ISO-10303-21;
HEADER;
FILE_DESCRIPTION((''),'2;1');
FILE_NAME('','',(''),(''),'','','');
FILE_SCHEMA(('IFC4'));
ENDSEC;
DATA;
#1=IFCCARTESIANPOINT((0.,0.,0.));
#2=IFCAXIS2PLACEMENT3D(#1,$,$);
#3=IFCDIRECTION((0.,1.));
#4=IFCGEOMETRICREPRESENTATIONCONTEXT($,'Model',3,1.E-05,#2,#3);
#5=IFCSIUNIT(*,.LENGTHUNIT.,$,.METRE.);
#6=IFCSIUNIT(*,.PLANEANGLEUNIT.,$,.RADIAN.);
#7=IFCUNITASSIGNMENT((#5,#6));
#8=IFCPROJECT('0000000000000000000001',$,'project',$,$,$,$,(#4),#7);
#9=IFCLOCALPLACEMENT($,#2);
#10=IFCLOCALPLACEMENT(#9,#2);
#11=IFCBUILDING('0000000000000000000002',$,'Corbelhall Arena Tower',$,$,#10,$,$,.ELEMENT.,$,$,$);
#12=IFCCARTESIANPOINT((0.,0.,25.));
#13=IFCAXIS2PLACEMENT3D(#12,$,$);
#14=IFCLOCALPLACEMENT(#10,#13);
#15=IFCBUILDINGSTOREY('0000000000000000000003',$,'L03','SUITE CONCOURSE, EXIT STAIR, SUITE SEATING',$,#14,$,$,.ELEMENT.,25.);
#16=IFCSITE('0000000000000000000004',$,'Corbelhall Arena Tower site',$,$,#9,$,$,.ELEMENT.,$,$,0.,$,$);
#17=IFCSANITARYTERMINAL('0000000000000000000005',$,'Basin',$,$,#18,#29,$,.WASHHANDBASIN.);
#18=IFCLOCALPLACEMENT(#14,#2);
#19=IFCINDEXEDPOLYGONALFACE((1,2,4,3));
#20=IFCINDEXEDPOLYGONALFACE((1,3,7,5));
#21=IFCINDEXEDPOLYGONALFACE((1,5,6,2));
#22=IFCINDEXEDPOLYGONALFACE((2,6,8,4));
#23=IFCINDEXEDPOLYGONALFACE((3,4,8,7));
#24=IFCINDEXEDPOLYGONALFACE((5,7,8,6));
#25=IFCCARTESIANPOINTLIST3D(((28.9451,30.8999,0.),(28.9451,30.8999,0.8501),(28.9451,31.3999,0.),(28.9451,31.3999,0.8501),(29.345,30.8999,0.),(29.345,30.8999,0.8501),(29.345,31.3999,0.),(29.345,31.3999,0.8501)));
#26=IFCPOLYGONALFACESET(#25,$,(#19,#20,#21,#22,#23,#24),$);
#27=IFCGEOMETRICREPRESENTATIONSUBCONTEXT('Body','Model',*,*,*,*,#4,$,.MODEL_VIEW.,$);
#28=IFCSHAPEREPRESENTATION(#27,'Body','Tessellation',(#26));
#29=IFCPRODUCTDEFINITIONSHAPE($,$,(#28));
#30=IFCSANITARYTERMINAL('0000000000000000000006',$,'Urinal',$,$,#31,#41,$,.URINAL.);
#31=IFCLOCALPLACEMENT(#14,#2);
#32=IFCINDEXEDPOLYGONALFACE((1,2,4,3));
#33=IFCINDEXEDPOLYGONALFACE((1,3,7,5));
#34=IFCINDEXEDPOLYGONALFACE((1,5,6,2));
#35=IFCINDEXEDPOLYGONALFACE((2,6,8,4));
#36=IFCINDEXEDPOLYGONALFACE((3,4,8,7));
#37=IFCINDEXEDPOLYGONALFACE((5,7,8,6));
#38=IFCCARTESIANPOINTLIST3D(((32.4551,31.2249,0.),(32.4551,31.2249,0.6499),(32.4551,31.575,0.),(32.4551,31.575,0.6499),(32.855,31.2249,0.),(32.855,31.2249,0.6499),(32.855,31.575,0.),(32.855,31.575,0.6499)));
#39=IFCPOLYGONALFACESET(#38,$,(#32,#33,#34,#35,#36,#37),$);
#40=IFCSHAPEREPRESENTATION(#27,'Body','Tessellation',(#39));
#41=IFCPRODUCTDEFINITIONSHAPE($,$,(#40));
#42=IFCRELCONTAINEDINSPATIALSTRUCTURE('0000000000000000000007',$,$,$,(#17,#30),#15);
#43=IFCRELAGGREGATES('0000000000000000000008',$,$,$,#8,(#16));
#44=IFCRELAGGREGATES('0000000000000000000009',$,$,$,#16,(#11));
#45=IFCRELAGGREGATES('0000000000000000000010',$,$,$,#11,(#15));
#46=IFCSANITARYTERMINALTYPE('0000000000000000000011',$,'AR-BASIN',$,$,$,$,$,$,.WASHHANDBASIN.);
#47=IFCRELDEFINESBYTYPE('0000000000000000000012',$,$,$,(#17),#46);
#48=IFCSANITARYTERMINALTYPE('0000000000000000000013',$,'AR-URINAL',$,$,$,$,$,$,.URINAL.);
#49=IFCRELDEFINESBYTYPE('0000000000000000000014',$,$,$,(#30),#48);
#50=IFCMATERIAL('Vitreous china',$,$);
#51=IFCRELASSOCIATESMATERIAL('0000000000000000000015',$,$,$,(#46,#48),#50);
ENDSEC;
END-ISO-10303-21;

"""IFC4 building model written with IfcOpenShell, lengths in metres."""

from ifc_helpers import new_model, si_unit, direction, frame, origin, origin_2d, place, context, subcontext, project, spatial, rectangle, extrude, material, type_object, element, save


model = new_model("IFC4")

# Units and contexts
model_context = context("Model", 3, precision=1e-05, world=origin(), true_north=direction((0.0, 1.0)))
body_context = subcontext(model_context, "Body", "Model", "MODEL_VIEW")
ifc_project = project(units=[si_unit("LENGTHUNIT", "METRE"), si_unit("PLANEANGLEUNIT", "RADIAN")], contexts=[model_context])

# Site, building, storey
site_placement = place(None, origin())
site = spatial("IfcSite", under=ifc_project, at=site_placement, Name="Corbelhall Arena Tower site", CompositionType="ELEMENT", RefElevation=0.0)
building_placement = place(site_placement, origin())
building = spatial("IfcBuilding", under=site, at=building_placement, Name="Corbelhall Arena Tower", CompositionType="ELEMENT")
storey_placement = place(building_placement, frame((0.0, 0.0, 25.0)))
storey = spatial("IfcBuildingStorey", under=building, at=storey_placement, Name="L03", Description="SUITE CONCOURSE, EXIT STAIR, SUITE SEATING", CompositionType="ELEMENT", Elevation=25.0)

# Sanitary terminals
ifc_material_1 = material(Name="Vitreous china")
sanitary_terminal_type_1 = type_object("IfcSanitaryTerminalType", Name="AR-BASIN", PredefinedType="WASHHANDBASIN", material=ifc_material_1)
sanitary_terminal_1_placement = place(storey_placement, frame((29.145, 31.1499, 0.0), z_axis=(0.0, 0.0, 1.0), x_axis=(1.0, 0.0, 0.0)))
element("IfcSanitaryTerminal", 1, at=sanitary_terminal_1_placement, inside=storey, type_object=sanitary_terminal_type_1, Name="Basin", PredefinedType="WASHHANDBASIN", context=body_context, shape_type="SweptSolid", body=[
    extrude(rectangle(XDim=0.3999, YDim=0.5, at=origin_2d()), origin(), (0.0, 0.0, 1.0), 0.8501),
])
sanitary_terminal_type_2 = type_object("IfcSanitaryTerminalType", Name="AR-URINAL", PredefinedType="URINAL", material=ifc_material_1)
sanitary_terminal_2_placement = place(storey_placement, frame((32.655, 31.3999, 0.0), z_axis=(0.0, 0.0, 1.0), x_axis=(1.0, 0.0, 0.0)))
element("IfcSanitaryTerminal", 2, at=sanitary_terminal_2_placement, inside=storey, type_object=sanitary_terminal_type_2, Name="Urinal", PredefinedType="URINAL", context=body_context, shape_type="SweptSolid", body=[
    extrude(rectangle(XDim=0.3999, YDim=0.3501, at=origin_2d()), origin(), (0.0, 0.0, 1.0), 0.6499),
])

save(model, "model.ifc")
